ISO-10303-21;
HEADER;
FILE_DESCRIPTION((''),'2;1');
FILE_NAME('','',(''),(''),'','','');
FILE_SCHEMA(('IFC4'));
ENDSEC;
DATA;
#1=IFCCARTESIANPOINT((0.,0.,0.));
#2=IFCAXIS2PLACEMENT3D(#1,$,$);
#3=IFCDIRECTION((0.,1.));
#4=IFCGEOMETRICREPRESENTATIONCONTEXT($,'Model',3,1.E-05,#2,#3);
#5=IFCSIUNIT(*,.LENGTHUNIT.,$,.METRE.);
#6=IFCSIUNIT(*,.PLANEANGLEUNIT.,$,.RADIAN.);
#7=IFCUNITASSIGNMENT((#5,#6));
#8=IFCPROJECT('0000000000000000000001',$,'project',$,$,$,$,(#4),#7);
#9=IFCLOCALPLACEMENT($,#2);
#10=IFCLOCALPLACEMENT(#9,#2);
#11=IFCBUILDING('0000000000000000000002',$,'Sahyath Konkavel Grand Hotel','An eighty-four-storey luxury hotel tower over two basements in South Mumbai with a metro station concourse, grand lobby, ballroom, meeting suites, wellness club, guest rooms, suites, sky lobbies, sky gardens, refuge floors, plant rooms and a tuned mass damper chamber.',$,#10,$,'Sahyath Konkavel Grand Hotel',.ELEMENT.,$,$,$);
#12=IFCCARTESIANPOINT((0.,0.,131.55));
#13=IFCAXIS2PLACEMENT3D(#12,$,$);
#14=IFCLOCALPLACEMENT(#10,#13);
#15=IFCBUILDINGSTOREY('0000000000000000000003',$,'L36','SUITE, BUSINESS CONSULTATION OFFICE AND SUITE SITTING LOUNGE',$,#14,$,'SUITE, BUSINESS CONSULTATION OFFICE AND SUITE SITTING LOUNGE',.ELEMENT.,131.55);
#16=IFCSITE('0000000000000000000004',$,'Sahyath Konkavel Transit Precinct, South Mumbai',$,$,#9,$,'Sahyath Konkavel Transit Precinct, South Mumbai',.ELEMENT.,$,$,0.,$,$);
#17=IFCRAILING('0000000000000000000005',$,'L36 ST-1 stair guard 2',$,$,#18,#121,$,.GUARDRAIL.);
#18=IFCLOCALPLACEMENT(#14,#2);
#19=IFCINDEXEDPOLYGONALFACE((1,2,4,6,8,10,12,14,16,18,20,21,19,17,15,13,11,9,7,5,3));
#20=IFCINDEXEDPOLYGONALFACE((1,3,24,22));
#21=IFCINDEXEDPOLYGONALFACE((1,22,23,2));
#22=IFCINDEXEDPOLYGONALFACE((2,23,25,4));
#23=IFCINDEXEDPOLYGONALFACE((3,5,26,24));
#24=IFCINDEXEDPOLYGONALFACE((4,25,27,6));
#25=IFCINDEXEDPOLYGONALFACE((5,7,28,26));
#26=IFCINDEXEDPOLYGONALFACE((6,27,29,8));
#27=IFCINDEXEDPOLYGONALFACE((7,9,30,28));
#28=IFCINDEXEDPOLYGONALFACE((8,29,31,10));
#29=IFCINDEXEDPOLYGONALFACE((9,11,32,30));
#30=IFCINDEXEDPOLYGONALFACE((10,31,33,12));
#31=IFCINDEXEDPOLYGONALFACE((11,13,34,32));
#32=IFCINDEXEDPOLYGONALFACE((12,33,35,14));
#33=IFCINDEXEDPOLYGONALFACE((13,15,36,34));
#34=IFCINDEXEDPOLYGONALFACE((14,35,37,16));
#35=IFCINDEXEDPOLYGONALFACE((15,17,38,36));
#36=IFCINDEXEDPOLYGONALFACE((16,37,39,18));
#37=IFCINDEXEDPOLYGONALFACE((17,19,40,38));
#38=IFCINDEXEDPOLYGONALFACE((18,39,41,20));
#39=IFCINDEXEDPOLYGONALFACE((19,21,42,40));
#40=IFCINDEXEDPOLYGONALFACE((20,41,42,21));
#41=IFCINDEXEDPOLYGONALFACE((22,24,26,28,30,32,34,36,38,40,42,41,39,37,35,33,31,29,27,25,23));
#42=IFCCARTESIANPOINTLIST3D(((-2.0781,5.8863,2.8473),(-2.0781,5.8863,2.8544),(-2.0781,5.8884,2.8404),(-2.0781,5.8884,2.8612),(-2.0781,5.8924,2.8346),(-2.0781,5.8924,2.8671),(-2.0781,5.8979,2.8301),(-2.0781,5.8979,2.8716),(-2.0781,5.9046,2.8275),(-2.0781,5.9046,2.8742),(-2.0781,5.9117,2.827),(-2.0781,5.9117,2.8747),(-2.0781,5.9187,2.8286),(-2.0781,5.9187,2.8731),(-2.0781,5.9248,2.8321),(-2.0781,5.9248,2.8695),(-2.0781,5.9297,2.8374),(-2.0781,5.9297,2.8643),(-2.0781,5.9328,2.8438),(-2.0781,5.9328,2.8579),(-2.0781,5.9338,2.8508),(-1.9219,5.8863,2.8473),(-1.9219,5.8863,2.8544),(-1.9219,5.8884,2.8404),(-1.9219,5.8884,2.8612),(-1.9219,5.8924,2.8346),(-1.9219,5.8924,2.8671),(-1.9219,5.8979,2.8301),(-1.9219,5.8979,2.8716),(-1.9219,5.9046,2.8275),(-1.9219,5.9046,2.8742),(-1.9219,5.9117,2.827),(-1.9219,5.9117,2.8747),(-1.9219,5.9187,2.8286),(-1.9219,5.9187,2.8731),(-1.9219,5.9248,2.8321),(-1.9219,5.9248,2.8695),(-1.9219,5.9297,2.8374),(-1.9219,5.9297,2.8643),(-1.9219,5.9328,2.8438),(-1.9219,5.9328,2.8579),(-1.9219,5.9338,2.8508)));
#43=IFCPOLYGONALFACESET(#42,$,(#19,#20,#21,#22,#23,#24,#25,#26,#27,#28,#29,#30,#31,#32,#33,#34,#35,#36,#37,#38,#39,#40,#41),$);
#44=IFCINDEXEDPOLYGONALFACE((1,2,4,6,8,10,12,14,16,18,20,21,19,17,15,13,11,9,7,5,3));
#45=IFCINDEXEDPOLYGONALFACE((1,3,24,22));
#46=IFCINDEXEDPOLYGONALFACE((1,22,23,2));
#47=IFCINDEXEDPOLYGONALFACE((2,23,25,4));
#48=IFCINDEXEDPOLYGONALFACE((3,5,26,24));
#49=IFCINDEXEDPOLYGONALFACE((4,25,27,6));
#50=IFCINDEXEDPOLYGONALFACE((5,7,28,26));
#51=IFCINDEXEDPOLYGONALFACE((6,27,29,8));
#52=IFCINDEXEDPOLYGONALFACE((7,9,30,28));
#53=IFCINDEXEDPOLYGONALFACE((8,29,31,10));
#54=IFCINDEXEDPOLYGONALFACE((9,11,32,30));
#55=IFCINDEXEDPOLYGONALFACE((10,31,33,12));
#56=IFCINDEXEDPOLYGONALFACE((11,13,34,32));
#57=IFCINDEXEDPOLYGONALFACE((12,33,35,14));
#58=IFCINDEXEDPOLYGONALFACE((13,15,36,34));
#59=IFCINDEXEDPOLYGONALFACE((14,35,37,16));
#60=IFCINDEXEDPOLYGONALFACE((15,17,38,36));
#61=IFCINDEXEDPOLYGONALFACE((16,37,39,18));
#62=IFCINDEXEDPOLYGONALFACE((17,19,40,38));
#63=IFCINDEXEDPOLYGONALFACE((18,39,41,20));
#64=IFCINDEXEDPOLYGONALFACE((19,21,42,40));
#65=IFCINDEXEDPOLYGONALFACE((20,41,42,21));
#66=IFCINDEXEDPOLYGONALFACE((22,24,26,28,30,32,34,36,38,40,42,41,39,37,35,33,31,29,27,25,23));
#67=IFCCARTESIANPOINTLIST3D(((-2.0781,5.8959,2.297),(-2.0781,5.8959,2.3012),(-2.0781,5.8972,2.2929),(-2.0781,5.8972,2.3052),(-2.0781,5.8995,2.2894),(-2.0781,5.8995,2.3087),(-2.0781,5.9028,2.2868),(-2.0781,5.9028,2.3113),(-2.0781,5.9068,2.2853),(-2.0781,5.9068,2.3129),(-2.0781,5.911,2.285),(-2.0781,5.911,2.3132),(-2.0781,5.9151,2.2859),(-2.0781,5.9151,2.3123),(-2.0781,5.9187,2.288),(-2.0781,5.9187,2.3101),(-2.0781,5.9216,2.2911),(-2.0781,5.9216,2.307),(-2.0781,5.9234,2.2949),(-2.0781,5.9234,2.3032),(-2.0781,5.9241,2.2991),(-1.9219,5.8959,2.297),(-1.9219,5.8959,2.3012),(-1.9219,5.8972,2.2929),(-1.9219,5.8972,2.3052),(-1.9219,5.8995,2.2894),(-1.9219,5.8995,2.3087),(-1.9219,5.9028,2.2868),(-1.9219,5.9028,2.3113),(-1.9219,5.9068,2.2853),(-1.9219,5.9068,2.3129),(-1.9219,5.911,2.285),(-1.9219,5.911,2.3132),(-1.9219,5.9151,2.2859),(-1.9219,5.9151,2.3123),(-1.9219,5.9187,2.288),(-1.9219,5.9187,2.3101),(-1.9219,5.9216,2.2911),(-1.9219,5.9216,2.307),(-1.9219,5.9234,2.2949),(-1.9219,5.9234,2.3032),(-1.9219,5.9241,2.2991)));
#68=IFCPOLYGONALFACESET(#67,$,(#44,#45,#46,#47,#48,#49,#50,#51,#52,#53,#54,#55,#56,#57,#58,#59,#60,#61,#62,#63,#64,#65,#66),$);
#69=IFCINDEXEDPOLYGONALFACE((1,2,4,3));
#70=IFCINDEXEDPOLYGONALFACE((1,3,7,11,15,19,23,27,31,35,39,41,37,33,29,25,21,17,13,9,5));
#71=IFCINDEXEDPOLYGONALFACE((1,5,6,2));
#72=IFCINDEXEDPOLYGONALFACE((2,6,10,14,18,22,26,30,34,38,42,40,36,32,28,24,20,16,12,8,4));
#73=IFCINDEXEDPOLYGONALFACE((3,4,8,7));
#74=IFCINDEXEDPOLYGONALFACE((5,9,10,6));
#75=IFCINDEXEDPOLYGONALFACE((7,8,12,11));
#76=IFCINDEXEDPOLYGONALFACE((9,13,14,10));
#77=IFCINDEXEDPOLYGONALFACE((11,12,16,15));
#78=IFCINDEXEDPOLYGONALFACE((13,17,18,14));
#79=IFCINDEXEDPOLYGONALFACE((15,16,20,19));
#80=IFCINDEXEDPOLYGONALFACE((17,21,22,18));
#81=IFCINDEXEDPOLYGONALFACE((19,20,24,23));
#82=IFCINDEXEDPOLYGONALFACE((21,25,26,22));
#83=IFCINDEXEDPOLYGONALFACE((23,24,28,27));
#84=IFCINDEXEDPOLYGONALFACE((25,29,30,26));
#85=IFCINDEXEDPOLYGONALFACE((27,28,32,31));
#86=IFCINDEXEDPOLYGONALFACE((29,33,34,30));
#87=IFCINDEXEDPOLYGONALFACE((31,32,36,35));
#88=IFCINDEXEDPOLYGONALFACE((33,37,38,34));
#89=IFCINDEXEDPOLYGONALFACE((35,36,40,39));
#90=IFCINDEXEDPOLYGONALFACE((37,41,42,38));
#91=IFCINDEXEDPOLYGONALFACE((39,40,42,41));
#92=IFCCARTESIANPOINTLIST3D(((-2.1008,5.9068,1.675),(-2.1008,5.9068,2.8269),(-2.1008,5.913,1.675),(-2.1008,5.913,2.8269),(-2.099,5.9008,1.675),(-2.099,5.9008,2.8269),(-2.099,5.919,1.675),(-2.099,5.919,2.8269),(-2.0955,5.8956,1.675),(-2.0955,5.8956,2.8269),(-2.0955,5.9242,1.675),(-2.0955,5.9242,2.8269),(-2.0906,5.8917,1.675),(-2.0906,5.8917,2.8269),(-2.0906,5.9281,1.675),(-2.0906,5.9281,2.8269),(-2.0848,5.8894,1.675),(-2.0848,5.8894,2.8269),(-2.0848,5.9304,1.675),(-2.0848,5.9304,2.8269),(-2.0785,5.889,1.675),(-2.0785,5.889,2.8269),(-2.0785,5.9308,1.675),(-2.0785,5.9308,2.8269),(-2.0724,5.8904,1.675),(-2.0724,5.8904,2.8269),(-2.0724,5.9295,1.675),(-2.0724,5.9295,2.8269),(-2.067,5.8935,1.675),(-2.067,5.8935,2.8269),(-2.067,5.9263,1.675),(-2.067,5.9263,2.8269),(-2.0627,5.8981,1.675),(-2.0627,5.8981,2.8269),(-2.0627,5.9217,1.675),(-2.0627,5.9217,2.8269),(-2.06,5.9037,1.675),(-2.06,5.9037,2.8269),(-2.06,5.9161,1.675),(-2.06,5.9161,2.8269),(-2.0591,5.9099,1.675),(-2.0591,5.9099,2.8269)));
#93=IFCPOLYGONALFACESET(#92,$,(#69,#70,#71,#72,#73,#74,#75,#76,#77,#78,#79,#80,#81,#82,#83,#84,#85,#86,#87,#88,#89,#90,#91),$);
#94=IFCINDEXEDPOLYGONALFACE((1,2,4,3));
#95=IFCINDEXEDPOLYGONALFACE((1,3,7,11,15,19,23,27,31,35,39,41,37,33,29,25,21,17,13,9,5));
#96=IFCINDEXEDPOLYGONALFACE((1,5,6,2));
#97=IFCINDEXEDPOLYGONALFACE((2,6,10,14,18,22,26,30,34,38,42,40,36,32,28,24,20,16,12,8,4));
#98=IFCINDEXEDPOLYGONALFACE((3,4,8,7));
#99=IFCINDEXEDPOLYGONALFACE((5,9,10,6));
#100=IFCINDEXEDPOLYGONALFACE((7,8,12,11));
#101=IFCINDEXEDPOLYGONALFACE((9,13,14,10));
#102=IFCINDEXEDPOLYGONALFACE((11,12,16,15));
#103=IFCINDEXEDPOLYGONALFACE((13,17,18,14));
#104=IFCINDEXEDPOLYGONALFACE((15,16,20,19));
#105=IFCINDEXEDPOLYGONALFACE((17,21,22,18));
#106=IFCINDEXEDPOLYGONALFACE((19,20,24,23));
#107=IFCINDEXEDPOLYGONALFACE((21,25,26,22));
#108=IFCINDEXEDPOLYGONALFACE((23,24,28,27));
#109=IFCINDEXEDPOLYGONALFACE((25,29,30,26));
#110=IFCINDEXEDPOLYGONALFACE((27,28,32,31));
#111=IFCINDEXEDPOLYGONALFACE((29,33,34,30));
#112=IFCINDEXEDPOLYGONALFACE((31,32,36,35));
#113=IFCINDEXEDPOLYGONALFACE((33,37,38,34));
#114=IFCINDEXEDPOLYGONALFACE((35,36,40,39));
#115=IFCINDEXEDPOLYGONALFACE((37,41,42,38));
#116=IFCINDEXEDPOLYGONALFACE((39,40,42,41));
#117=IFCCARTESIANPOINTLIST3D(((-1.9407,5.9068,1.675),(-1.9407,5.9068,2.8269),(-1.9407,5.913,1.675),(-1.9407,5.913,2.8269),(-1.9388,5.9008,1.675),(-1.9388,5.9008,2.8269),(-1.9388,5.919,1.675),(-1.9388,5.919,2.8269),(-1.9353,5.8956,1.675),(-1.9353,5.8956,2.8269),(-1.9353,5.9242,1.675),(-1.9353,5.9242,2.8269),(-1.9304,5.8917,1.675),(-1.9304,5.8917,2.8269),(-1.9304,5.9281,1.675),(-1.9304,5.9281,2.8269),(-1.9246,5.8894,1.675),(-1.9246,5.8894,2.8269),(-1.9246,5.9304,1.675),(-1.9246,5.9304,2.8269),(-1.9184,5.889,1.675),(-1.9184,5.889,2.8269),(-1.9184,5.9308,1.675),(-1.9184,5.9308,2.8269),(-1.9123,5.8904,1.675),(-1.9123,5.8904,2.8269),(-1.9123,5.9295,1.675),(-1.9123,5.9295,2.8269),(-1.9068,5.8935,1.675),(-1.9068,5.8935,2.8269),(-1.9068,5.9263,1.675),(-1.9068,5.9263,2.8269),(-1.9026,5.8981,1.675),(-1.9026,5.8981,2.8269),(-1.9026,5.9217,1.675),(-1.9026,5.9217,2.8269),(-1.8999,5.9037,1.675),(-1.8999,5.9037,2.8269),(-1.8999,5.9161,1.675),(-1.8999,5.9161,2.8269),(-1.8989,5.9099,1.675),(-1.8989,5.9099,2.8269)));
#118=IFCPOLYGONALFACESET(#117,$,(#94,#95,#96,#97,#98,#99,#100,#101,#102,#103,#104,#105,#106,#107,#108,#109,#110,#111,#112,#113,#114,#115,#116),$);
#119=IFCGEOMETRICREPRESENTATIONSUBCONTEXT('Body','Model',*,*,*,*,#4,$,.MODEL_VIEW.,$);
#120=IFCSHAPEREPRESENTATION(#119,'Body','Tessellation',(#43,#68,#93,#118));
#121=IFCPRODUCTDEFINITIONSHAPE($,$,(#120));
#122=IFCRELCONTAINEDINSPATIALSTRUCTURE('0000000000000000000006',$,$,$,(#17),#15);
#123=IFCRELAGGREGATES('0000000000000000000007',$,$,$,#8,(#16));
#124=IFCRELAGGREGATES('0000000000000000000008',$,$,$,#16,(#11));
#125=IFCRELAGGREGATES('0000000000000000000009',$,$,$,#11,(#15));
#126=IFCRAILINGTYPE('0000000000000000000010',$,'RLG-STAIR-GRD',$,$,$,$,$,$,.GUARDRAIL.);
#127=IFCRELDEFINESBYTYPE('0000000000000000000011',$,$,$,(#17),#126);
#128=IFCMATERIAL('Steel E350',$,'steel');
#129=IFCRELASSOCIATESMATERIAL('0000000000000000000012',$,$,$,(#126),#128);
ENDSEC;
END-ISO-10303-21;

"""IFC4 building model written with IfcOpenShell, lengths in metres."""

from ifc_helpers import new_model, si_unit, direction, frame, origin, origin_2d, place, context, subcontext, project, spatial, circle, extrude, material, type_object, element, save


model = new_model("IFC4")

# Units and contexts
model_context = context("Model", 3, precision=1e-05, world=origin(), true_north=direction((0.0, 1.0)))
body_context = subcontext(model_context, "Body", "Model", "MODEL_VIEW")
ifc_project = project(units=[si_unit("LENGTHUNIT", "METRE"), si_unit("PLANEANGLEUNIT", "RADIAN")], contexts=[model_context])

# Site, building, storey
site_placement = place(None, origin())
site = spatial("IfcSite", under=ifc_project, at=site_placement, Name="Sahyath Konkavel Transit Precinct, South Mumbai", LongName="Sahyath Konkavel Transit Precinct, South Mumbai", CompositionType="ELEMENT", RefElevation=0.0)
building_placement = place(site_placement, origin())
building = spatial("IfcBuilding", under=site, at=building_placement, Name="Sahyath Konkavel Grand Hotel", Description="An eighty-four-storey luxury hotel tower over two basements in South Mumbai with a metro station concourse, grand lobby, ballroom, meeting suites, wellness club, guest rooms, suites, sky lobbies, sky gardens, refuge floors, plant rooms and a tuned mass damper chamber.", LongName="Sahyath Konkavel Grand Hotel", CompositionType="ELEMENT")
storey_placement = place(building_placement, frame((0.0, 0.0, 131.55)))
storey = spatial("IfcBuildingStorey", under=building, at=storey_placement, Name="L36", Description="SUITE, BUSINESS CONSULTATION OFFICE AND SUITE SITTING LOUNGE", LongName="SUITE, BUSINESS CONSULTATION OFFICE AND SUITE SITTING LOUNGE", CompositionType="ELEMENT", Elevation=131.55)

# Shared definitions
ifc_material_1 = material(Name="Steel E350", Category="steel")

# Railing
railing_type_1 = type_object("IfcRailingType", Name="RLG-STAIR-GRD", PredefinedType="GUARDRAIL", material=ifc_material_1)
railing_1_placement = place(storey_placement, frame((-2.0801, 5.9099, 1.675)))
element("IfcRailing", 1, at=railing_1_placement, inside=storey, type_object=railing_type_1, Name="L36 ST-1 stair guard 2", PredefinedType="GUARDRAIL", context=body_context, shape_type="SweptSolid", body=[
    extrude(circle(Radius=0.0239, at=origin_2d()), frame((0.002, 0.0, 1.1758), z_axis=(1.0, 0.0, 0.0), x_axis=(0.0, 1.0, 0.0)), (0.0, 0.0, 1.0), 0.1562),
    extrude(circle(Radius=0.0142, at=origin_2d()), frame((0.002, 0.0, 0.624), z_axis=(1.0, 0.0, 0.0), x_axis=(0.0, 1.0, 0.0)), (0.0, 0.0, 1.0), 0.1562),
    extrude(circle(Radius=0.021, at=origin_2d()), origin(), (0.0, 0.0, 1.0), 1.1519),
    extrude(circle(Radius=0.021, at=origin_2d()), frame((0.1602, 0.0, 0.0)), (0.0, 0.0, 1.0), 1.1519),
])

save(model, "model.ifc")
